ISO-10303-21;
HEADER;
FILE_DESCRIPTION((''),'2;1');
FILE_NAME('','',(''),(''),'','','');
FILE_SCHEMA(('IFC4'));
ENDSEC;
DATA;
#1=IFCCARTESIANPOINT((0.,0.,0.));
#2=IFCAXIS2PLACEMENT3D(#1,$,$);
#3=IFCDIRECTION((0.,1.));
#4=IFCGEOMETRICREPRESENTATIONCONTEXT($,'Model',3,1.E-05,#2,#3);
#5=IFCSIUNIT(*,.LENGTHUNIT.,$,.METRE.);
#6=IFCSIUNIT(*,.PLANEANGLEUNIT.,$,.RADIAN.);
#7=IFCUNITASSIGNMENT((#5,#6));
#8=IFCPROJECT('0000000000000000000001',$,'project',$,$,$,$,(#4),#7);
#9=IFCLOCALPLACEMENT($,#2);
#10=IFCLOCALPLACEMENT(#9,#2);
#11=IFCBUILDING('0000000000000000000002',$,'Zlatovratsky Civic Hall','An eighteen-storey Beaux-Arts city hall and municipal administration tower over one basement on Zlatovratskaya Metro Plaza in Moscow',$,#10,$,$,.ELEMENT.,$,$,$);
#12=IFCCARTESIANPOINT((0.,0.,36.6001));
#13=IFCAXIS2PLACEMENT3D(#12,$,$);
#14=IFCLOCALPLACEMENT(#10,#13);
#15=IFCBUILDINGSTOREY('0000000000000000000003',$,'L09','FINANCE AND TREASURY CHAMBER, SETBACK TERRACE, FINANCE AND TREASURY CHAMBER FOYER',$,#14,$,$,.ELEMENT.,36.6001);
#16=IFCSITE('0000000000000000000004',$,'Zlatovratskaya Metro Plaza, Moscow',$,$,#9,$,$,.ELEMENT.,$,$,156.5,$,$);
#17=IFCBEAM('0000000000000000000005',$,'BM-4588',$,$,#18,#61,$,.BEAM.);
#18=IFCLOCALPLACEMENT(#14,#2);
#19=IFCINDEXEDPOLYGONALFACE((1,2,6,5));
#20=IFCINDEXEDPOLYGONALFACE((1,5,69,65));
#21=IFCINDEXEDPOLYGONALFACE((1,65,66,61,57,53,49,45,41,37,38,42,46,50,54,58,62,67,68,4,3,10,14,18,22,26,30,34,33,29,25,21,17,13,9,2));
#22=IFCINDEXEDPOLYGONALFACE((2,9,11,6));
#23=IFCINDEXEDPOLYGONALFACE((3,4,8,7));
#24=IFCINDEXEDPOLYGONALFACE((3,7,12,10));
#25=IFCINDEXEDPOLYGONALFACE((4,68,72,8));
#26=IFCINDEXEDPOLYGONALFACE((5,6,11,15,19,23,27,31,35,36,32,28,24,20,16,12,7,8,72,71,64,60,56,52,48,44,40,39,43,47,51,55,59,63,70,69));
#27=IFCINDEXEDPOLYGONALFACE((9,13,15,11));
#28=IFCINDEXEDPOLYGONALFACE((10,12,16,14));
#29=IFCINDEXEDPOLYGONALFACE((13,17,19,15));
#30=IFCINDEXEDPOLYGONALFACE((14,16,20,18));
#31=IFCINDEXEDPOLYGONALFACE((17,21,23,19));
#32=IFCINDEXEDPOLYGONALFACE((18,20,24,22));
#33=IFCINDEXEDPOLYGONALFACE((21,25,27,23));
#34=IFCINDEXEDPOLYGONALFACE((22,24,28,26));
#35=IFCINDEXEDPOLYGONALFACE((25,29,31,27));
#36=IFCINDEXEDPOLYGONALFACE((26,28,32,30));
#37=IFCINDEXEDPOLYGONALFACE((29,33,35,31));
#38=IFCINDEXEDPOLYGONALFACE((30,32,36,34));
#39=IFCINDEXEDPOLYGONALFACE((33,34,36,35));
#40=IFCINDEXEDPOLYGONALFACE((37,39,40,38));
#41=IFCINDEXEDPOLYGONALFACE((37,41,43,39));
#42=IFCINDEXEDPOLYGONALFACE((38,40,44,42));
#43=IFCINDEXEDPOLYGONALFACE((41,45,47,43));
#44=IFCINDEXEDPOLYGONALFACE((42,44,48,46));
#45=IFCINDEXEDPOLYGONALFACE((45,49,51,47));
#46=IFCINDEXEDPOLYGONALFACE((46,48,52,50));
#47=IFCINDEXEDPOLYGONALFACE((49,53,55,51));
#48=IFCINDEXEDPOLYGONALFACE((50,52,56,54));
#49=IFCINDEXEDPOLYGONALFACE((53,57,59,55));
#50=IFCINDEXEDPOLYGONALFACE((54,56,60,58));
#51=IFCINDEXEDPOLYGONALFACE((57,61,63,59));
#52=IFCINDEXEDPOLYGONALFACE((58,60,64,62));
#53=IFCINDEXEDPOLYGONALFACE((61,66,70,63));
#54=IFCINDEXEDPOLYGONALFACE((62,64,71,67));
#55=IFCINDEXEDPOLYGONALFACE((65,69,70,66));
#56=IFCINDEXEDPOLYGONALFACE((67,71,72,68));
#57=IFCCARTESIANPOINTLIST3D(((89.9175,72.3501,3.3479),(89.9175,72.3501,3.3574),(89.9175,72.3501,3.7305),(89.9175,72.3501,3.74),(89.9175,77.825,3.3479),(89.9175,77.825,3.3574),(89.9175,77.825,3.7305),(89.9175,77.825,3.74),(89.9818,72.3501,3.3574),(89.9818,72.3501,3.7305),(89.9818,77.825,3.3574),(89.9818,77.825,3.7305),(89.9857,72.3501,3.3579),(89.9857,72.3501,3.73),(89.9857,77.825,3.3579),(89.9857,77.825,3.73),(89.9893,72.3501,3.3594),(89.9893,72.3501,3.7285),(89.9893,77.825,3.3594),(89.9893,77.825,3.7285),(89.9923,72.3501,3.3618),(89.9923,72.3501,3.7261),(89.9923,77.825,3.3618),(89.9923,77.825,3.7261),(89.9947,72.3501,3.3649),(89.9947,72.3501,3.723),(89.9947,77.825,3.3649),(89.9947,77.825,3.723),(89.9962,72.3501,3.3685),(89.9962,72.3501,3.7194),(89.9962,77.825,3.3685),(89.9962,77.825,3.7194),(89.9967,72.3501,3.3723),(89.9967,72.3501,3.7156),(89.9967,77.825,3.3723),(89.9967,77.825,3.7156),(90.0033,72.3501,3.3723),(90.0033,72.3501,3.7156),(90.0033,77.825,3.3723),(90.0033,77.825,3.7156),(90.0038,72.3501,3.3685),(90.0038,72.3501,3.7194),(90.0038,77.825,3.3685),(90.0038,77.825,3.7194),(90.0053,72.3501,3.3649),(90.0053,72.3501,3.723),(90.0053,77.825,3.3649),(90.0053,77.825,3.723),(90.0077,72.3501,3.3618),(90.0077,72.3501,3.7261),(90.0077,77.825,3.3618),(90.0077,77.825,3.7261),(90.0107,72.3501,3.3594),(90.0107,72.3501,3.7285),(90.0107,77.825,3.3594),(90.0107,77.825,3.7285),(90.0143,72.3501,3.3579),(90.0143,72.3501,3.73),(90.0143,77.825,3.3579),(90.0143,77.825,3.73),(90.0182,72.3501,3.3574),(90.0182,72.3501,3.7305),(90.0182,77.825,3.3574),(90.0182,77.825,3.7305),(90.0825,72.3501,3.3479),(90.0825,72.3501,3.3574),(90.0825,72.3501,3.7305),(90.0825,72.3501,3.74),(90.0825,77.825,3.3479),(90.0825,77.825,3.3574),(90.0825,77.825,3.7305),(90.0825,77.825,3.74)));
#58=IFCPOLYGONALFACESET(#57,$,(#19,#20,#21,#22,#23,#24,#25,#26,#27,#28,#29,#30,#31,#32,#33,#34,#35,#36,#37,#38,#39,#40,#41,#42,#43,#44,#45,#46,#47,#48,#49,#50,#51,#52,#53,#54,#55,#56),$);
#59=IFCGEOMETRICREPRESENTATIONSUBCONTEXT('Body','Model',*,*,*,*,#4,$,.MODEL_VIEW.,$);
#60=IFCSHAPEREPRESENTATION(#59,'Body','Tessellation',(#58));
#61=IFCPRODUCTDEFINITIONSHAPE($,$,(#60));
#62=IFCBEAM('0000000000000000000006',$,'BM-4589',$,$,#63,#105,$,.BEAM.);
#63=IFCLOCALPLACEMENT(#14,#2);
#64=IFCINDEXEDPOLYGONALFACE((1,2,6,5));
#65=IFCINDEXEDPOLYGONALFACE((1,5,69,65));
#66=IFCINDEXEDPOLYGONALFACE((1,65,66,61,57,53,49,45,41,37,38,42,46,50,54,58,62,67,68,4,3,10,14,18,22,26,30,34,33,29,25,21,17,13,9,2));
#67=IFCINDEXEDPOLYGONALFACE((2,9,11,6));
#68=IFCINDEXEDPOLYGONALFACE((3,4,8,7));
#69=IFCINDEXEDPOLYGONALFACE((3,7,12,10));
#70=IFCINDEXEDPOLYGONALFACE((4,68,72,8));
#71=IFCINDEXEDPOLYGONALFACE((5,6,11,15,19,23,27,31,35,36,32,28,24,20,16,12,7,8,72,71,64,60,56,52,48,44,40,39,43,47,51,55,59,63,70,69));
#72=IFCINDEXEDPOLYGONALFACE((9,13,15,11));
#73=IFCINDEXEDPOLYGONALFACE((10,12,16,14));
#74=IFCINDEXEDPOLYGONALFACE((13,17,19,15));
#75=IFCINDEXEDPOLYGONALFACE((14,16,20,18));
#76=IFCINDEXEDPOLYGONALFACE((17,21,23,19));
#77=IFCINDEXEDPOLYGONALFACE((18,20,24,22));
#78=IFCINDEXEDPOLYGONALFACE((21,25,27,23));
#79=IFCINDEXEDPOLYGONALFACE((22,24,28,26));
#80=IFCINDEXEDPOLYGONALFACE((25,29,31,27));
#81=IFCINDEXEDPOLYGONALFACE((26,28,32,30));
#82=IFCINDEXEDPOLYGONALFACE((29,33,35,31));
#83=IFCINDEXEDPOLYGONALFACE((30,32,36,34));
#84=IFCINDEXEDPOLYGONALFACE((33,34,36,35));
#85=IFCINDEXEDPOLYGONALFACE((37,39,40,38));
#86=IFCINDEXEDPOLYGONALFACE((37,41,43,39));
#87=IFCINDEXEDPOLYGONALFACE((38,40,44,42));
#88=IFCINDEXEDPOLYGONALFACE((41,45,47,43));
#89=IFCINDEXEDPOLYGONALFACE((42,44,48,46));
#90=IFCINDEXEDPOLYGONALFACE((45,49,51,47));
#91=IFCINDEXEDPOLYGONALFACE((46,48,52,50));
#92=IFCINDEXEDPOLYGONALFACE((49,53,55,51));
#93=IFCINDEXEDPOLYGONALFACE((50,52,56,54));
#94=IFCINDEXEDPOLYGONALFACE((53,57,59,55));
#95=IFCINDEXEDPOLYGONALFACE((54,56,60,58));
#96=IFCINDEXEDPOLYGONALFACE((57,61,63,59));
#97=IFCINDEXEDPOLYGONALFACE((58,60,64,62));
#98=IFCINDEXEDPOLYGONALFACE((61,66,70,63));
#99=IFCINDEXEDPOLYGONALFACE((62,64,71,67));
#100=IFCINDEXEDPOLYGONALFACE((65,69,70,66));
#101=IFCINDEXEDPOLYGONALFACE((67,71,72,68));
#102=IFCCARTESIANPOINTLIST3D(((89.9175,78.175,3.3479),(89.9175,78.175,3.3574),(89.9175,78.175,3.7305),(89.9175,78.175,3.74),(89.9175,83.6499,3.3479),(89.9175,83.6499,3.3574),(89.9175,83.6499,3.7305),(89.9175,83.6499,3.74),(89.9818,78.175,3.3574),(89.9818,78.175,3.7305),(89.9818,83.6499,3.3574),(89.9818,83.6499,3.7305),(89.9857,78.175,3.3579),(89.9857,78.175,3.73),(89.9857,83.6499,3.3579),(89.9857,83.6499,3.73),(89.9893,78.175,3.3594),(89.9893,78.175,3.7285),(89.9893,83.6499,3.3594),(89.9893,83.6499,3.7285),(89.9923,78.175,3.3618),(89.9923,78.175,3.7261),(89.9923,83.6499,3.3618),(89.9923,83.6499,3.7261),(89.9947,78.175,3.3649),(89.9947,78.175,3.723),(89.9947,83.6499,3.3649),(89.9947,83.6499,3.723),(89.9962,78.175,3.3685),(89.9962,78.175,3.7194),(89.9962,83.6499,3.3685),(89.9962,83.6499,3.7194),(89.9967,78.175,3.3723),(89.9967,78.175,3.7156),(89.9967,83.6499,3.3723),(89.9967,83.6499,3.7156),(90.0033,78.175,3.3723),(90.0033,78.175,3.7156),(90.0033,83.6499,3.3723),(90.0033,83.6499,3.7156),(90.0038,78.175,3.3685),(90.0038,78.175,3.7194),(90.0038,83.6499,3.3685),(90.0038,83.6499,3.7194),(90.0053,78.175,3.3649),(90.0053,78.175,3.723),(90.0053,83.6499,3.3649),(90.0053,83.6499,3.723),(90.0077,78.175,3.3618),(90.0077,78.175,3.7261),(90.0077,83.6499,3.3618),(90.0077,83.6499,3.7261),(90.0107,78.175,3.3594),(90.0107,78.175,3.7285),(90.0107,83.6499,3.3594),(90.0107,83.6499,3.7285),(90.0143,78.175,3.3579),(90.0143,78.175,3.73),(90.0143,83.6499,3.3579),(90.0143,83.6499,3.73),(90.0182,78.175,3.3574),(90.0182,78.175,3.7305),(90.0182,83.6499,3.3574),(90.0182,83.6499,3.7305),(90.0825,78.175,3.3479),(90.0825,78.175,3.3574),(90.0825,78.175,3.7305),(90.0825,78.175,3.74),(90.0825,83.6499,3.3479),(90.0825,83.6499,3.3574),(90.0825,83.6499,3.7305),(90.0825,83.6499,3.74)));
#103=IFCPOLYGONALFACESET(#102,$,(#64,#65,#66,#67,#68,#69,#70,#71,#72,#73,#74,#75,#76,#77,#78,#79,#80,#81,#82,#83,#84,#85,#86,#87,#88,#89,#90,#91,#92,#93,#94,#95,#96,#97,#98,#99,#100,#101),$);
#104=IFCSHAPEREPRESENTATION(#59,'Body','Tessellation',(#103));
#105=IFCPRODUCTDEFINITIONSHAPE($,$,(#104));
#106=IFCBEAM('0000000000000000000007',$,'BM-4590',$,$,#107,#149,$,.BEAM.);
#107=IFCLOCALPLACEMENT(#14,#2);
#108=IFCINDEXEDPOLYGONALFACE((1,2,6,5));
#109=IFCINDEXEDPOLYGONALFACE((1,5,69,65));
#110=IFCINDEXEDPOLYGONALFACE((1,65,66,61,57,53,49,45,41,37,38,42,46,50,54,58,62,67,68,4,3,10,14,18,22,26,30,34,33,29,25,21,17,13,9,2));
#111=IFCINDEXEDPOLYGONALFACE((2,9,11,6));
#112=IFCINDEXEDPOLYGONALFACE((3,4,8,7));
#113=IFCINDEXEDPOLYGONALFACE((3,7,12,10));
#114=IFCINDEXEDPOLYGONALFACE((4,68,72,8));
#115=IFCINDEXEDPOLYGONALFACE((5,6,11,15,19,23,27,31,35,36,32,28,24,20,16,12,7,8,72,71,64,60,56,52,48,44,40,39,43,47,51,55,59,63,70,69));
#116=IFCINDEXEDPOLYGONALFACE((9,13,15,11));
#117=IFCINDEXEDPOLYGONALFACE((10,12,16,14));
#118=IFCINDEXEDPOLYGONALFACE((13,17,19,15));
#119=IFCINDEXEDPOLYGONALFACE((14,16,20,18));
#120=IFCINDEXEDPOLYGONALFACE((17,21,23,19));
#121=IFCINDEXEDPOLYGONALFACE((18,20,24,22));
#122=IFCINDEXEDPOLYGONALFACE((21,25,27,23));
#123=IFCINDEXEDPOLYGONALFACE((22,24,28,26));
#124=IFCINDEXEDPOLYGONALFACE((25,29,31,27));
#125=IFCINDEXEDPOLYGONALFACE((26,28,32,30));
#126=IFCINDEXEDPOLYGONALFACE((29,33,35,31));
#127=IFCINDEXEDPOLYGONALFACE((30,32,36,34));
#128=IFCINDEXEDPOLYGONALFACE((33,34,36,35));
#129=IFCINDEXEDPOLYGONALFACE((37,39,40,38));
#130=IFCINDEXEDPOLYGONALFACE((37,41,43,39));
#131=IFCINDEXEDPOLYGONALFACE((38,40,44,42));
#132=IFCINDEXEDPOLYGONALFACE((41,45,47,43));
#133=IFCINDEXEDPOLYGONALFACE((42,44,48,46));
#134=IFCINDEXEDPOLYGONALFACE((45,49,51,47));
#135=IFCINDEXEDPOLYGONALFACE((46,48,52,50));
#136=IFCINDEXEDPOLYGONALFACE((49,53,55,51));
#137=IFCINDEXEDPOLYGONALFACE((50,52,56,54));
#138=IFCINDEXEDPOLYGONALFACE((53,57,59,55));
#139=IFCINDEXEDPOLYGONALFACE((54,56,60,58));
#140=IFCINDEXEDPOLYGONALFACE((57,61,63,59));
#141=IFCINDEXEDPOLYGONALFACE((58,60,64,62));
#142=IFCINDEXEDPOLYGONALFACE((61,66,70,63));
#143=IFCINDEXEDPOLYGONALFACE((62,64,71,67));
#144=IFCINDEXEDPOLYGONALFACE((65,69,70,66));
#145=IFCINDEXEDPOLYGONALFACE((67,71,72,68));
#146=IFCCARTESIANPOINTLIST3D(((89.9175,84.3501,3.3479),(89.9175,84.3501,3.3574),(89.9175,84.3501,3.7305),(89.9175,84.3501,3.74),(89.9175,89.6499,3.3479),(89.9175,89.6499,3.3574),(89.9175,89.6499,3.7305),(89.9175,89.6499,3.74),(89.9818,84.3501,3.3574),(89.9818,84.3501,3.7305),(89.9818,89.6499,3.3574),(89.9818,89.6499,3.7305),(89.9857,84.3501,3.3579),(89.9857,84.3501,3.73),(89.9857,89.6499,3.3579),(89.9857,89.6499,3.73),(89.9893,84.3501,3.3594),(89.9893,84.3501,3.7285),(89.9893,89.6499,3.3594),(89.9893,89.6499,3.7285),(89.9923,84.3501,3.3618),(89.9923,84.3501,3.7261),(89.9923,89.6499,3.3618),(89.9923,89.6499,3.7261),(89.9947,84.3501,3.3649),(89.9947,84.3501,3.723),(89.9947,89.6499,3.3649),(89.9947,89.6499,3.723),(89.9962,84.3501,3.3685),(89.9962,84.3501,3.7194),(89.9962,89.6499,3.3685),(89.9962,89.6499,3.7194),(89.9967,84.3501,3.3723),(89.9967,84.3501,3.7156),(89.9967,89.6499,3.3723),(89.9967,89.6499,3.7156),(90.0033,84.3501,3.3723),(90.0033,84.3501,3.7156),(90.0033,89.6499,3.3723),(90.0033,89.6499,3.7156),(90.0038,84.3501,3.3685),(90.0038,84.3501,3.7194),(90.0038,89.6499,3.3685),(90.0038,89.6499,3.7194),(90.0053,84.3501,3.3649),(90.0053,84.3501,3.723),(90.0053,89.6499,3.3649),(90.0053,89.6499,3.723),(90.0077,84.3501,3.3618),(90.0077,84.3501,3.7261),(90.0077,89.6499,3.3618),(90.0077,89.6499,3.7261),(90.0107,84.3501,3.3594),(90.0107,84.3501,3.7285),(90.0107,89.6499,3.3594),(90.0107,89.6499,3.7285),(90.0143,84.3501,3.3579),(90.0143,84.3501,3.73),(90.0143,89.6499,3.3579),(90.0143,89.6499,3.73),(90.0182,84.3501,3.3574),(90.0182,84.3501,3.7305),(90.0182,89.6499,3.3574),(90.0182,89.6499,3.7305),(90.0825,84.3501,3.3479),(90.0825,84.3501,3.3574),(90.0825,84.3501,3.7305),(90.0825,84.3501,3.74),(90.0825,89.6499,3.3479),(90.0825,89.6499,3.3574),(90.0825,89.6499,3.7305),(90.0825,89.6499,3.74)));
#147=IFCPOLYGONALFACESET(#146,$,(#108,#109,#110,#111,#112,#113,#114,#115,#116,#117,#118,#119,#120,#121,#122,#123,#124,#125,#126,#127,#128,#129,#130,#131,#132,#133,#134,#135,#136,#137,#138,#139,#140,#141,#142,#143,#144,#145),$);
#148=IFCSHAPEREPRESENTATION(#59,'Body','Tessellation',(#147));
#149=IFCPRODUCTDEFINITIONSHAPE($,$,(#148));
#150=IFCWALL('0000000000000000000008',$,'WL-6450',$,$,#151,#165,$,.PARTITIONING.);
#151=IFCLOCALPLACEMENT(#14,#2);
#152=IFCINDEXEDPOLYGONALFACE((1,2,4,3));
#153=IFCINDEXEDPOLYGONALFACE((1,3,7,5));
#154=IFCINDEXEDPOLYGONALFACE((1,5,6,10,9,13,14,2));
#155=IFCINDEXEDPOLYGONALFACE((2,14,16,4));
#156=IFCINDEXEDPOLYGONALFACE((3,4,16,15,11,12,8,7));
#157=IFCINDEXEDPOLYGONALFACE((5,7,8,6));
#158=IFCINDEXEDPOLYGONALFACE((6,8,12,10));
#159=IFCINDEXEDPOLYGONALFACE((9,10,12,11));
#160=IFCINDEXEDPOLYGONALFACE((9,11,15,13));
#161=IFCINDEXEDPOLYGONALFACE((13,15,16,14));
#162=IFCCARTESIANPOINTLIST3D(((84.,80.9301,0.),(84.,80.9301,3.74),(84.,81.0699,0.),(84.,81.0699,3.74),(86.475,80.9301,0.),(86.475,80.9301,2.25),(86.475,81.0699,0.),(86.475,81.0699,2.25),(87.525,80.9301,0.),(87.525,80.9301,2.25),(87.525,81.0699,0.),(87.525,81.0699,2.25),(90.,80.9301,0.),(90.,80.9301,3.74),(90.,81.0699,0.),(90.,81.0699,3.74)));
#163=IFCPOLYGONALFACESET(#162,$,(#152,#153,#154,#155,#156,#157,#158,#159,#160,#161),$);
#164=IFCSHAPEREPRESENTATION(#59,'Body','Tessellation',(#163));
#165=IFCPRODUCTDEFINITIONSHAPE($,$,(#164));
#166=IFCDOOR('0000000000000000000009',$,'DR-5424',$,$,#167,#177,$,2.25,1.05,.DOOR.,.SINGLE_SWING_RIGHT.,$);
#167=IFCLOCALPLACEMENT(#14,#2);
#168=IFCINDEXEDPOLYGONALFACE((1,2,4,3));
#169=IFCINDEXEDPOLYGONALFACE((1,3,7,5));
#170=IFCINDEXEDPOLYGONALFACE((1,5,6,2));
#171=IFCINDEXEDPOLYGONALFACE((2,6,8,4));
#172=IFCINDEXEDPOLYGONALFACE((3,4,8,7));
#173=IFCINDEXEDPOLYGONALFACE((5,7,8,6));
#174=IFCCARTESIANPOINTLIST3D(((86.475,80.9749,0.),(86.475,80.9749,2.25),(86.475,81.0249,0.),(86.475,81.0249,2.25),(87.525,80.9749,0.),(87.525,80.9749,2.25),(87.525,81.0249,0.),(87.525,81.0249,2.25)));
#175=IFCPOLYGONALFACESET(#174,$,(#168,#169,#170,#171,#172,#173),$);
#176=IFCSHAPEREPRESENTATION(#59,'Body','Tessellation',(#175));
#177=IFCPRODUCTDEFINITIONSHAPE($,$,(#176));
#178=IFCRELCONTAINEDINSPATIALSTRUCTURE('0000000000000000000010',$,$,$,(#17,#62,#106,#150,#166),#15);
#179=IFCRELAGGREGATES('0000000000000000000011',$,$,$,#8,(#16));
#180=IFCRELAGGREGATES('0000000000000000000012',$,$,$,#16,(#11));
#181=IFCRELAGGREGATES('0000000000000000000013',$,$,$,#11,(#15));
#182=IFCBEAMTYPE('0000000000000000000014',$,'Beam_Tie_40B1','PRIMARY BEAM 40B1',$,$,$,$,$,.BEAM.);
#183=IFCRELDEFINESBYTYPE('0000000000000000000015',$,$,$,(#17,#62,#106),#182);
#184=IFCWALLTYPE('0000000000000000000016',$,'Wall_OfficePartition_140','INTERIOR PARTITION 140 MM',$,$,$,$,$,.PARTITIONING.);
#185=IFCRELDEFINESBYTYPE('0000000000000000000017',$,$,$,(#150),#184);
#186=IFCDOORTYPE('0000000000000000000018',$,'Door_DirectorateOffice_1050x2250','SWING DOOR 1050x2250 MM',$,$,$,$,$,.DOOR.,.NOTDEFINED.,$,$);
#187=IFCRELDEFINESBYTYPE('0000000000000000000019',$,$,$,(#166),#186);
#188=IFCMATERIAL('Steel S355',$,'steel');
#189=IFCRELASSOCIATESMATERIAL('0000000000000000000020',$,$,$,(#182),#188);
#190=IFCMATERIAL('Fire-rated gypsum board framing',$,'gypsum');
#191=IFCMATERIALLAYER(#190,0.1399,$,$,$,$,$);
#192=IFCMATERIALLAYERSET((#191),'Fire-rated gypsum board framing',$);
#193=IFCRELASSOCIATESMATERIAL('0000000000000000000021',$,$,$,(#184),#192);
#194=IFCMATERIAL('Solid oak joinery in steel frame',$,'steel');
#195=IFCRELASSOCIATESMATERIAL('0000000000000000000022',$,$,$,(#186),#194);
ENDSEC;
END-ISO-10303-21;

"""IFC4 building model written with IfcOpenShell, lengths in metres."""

from ifc_helpers import new_model, si_unit, direction, frame, frame_2d, origin, origin_2d, place, context, subcontext, project, spatial, rectangle, i_section, extrude, material, layer, layer_set, material_profile, profile_set, type_object, element, fill, save


model = new_model("IFC4")

# Units and contexts
model_context = context("Model", 3, precision=1e-05, world=origin(), true_north=direction((0.0, 1.0)))
body_context = subcontext(model_context, "Body", "Model", "MODEL_VIEW")
ifc_project = project(units=[si_unit("LENGTHUNIT", "METRE"), si_unit("PLANEANGLEUNIT", "RADIAN")], contexts=[model_context])

# Site, building, storey
site_placement = place(None, origin())
site = spatial("IfcSite", under=ifc_project, at=site_placement, Name="Zlatovratskaya Metro Plaza, Moscow", CompositionType="ELEMENT", RefElevation=156.5)
building_placement = place(site_placement, origin())
building = spatial("IfcBuilding", under=site, at=building_placement, Name="Zlatovratsky Civic Hall", Description="An eighteen-storey Beaux-Arts city hall and municipal administration tower over one basement on Zlatovratskaya Metro Plaza in Moscow", CompositionType="ELEMENT")
storey_placement = place(building_placement, frame((0.0, 0.0, 36.6001)))
storey = spatial("IfcBuildingStorey", under=building, at=storey_placement, Name="L09", Description="FINANCE AND TREASURY CHAMBER, SETBACK TERRACE, FINANCE AND TREASURY CHAMBER FOYER", CompositionType="ELEMENT", Elevation=36.6001)

# Shared definitions
ifc_material_1 = material(Name="Steel S355", Category="steel")

# Beams
ifc_material_profile_1 = material_profile(ifc_material_1, i_section(OverallWidth=0.165, OverallDepth=0.3921, WebThickness=0.0066, FlangeThickness=0.0095, FilletRadius=0.0149, at=origin_2d()), Name="40B1")
ifc_profile_set_1 = profile_set([ifc_material_profile_1], Name="Steel S355")
beam_type = type_object("IfcBeamType", Name="Beam_Tie_40B1", Description="PRIMARY BEAM 40B1", PredefinedType="BEAM", material=ifc_profile_set_1)
for number, where, z_axis, x_axis, name in (
    (1, (90.0, 72.3501, 3.5439), (0.0, 1.0, 0.0), (-1.0, 0.0, 0.0), "BM-4588"),
    (2, (90.0, 78.175, 3.5439), (0.0, 1.0, 0.0), (-1.0, 0.0, 0.0), "BM-4589"),
):
    element("IfcBeam", number, at=place(storey_placement, frame(where, z_axis=z_axis, x_axis=x_axis)), inside=storey, type_object=beam_type, Name=name, PredefinedType="BEAM", context=body_context, shape_type="SweptSolid", body=[
        extrude(i_section(OverallWidth=0.165, OverallDepth=0.3921, WebThickness=0.0066, FlangeThickness=0.0095, FilletRadius=0.0149, at=origin_2d()), origin(), (0.0, 0.0, 1.0), 5.4749),
    ])
beam_1_placement = place(storey_placement, frame((90.0, 84.3501, 3.5439), z_axis=(0.0, 1.0, 0.0), x_axis=(-1.0, 0.0, 0.0)))
element("IfcBeam", 3, at=beam_1_placement, inside=storey, type_object=beam_type, Name="BM-4590", PredefinedType="BEAM", context=body_context, shape_type="SweptSolid", body=[
    extrude(i_section(OverallWidth=0.165, OverallDepth=0.3921, WebThickness=0.0066, FlangeThickness=0.0095, FilletRadius=0.0149, at=origin_2d()), origin(), (0.0, 0.0, 1.0), 5.2998),
])

# Wall, opening, door
ifc_material_2 = material(Name="Fire-rated gypsum board framing", Category="gypsum")
ifc_layer_1 = layer(ifc_material_2, 0.1399)
ifc_layer_set_1 = layer_set([ifc_layer_1], Name="Fire-rated gypsum board framing")
wall_type_1 = type_object("IfcWallType", Name="Wall_OfficePartition_140", Description="INTERIOR PARTITION 140 MM", PredefinedType="PARTITIONING", material=ifc_layer_set_1)
wall_1_placement = place(storey_placement, frame((84.0, 81.0, 0.0), z_axis=(0.0, 0.0, 1.0), x_axis=(1.0, 0.0, 0.0)))
wall_1 = element("IfcWall", 4, at=wall_1_placement, inside=storey, type_object=wall_type_1, Name="WL-6450", PredefinedType="PARTITIONING", context=body_context, shape_type="SweptSolid", body=[
    extrude(rectangle(XDim=6.0, YDim=0.1399, at=frame_2d((3.0, 0.0))), origin(), (0.0, 0.0, 1.0), 3.74),
])
opening_1_placement = place(wall_1_placement, frame((2.4751, 0.0, 0.0)))
opening_1 = element("IfcOpeningElement", 5, at=opening_1_placement, cuts=wall_1, PredefinedType="OPENING", context=body_context, shape_type="SweptSolid", body=[
    extrude(rectangle(XDim=1.05, YDim=2.25, at=frame_2d((0.5249, 1.125))), frame((0.0, 0.085, 0.0), z_axis=(0.0, -1.0, 0.0), x_axis=(1.0, 0.0, 0.0)), (0.0, 0.0, 1.0), 0.1697),
])
ifc_material_3 = material(Name="Solid oak joinery in steel frame", Category="steel")
door_type_1 = type_object("IfcDoorType", Name="Door_DirectorateOffice_1050x2250", Description="SWING DOOR 1050x2250 MM", OperationType="NOTDEFINED", PredefinedType="DOOR", material=ifc_material_3)
door_1_placement = place(opening_1_placement, origin())
door_1 = element("IfcDoor", 6, at=door_1_placement, inside=storey, type_object=door_type_1, Name="DR-5424", OperationType="SINGLE_SWING_RIGHT", OverallHeight=2.25, OverallWidth=1.05, PredefinedType="DOOR", context=body_context, shape_type="SweptSolid", body=[
    extrude(rectangle(XDim=1.05, YDim=2.25, at=frame_2d((0.5249, 1.125))), frame((0.0, 0.0249, 0.0), z_axis=(0.0, -1.0, 0.0), x_axis=(1.0, 0.0, 0.0)), (0.0, 0.0, 1.0), 0.05),
])
fill(opening_1, door_1)

save(model, "model.ifc")
